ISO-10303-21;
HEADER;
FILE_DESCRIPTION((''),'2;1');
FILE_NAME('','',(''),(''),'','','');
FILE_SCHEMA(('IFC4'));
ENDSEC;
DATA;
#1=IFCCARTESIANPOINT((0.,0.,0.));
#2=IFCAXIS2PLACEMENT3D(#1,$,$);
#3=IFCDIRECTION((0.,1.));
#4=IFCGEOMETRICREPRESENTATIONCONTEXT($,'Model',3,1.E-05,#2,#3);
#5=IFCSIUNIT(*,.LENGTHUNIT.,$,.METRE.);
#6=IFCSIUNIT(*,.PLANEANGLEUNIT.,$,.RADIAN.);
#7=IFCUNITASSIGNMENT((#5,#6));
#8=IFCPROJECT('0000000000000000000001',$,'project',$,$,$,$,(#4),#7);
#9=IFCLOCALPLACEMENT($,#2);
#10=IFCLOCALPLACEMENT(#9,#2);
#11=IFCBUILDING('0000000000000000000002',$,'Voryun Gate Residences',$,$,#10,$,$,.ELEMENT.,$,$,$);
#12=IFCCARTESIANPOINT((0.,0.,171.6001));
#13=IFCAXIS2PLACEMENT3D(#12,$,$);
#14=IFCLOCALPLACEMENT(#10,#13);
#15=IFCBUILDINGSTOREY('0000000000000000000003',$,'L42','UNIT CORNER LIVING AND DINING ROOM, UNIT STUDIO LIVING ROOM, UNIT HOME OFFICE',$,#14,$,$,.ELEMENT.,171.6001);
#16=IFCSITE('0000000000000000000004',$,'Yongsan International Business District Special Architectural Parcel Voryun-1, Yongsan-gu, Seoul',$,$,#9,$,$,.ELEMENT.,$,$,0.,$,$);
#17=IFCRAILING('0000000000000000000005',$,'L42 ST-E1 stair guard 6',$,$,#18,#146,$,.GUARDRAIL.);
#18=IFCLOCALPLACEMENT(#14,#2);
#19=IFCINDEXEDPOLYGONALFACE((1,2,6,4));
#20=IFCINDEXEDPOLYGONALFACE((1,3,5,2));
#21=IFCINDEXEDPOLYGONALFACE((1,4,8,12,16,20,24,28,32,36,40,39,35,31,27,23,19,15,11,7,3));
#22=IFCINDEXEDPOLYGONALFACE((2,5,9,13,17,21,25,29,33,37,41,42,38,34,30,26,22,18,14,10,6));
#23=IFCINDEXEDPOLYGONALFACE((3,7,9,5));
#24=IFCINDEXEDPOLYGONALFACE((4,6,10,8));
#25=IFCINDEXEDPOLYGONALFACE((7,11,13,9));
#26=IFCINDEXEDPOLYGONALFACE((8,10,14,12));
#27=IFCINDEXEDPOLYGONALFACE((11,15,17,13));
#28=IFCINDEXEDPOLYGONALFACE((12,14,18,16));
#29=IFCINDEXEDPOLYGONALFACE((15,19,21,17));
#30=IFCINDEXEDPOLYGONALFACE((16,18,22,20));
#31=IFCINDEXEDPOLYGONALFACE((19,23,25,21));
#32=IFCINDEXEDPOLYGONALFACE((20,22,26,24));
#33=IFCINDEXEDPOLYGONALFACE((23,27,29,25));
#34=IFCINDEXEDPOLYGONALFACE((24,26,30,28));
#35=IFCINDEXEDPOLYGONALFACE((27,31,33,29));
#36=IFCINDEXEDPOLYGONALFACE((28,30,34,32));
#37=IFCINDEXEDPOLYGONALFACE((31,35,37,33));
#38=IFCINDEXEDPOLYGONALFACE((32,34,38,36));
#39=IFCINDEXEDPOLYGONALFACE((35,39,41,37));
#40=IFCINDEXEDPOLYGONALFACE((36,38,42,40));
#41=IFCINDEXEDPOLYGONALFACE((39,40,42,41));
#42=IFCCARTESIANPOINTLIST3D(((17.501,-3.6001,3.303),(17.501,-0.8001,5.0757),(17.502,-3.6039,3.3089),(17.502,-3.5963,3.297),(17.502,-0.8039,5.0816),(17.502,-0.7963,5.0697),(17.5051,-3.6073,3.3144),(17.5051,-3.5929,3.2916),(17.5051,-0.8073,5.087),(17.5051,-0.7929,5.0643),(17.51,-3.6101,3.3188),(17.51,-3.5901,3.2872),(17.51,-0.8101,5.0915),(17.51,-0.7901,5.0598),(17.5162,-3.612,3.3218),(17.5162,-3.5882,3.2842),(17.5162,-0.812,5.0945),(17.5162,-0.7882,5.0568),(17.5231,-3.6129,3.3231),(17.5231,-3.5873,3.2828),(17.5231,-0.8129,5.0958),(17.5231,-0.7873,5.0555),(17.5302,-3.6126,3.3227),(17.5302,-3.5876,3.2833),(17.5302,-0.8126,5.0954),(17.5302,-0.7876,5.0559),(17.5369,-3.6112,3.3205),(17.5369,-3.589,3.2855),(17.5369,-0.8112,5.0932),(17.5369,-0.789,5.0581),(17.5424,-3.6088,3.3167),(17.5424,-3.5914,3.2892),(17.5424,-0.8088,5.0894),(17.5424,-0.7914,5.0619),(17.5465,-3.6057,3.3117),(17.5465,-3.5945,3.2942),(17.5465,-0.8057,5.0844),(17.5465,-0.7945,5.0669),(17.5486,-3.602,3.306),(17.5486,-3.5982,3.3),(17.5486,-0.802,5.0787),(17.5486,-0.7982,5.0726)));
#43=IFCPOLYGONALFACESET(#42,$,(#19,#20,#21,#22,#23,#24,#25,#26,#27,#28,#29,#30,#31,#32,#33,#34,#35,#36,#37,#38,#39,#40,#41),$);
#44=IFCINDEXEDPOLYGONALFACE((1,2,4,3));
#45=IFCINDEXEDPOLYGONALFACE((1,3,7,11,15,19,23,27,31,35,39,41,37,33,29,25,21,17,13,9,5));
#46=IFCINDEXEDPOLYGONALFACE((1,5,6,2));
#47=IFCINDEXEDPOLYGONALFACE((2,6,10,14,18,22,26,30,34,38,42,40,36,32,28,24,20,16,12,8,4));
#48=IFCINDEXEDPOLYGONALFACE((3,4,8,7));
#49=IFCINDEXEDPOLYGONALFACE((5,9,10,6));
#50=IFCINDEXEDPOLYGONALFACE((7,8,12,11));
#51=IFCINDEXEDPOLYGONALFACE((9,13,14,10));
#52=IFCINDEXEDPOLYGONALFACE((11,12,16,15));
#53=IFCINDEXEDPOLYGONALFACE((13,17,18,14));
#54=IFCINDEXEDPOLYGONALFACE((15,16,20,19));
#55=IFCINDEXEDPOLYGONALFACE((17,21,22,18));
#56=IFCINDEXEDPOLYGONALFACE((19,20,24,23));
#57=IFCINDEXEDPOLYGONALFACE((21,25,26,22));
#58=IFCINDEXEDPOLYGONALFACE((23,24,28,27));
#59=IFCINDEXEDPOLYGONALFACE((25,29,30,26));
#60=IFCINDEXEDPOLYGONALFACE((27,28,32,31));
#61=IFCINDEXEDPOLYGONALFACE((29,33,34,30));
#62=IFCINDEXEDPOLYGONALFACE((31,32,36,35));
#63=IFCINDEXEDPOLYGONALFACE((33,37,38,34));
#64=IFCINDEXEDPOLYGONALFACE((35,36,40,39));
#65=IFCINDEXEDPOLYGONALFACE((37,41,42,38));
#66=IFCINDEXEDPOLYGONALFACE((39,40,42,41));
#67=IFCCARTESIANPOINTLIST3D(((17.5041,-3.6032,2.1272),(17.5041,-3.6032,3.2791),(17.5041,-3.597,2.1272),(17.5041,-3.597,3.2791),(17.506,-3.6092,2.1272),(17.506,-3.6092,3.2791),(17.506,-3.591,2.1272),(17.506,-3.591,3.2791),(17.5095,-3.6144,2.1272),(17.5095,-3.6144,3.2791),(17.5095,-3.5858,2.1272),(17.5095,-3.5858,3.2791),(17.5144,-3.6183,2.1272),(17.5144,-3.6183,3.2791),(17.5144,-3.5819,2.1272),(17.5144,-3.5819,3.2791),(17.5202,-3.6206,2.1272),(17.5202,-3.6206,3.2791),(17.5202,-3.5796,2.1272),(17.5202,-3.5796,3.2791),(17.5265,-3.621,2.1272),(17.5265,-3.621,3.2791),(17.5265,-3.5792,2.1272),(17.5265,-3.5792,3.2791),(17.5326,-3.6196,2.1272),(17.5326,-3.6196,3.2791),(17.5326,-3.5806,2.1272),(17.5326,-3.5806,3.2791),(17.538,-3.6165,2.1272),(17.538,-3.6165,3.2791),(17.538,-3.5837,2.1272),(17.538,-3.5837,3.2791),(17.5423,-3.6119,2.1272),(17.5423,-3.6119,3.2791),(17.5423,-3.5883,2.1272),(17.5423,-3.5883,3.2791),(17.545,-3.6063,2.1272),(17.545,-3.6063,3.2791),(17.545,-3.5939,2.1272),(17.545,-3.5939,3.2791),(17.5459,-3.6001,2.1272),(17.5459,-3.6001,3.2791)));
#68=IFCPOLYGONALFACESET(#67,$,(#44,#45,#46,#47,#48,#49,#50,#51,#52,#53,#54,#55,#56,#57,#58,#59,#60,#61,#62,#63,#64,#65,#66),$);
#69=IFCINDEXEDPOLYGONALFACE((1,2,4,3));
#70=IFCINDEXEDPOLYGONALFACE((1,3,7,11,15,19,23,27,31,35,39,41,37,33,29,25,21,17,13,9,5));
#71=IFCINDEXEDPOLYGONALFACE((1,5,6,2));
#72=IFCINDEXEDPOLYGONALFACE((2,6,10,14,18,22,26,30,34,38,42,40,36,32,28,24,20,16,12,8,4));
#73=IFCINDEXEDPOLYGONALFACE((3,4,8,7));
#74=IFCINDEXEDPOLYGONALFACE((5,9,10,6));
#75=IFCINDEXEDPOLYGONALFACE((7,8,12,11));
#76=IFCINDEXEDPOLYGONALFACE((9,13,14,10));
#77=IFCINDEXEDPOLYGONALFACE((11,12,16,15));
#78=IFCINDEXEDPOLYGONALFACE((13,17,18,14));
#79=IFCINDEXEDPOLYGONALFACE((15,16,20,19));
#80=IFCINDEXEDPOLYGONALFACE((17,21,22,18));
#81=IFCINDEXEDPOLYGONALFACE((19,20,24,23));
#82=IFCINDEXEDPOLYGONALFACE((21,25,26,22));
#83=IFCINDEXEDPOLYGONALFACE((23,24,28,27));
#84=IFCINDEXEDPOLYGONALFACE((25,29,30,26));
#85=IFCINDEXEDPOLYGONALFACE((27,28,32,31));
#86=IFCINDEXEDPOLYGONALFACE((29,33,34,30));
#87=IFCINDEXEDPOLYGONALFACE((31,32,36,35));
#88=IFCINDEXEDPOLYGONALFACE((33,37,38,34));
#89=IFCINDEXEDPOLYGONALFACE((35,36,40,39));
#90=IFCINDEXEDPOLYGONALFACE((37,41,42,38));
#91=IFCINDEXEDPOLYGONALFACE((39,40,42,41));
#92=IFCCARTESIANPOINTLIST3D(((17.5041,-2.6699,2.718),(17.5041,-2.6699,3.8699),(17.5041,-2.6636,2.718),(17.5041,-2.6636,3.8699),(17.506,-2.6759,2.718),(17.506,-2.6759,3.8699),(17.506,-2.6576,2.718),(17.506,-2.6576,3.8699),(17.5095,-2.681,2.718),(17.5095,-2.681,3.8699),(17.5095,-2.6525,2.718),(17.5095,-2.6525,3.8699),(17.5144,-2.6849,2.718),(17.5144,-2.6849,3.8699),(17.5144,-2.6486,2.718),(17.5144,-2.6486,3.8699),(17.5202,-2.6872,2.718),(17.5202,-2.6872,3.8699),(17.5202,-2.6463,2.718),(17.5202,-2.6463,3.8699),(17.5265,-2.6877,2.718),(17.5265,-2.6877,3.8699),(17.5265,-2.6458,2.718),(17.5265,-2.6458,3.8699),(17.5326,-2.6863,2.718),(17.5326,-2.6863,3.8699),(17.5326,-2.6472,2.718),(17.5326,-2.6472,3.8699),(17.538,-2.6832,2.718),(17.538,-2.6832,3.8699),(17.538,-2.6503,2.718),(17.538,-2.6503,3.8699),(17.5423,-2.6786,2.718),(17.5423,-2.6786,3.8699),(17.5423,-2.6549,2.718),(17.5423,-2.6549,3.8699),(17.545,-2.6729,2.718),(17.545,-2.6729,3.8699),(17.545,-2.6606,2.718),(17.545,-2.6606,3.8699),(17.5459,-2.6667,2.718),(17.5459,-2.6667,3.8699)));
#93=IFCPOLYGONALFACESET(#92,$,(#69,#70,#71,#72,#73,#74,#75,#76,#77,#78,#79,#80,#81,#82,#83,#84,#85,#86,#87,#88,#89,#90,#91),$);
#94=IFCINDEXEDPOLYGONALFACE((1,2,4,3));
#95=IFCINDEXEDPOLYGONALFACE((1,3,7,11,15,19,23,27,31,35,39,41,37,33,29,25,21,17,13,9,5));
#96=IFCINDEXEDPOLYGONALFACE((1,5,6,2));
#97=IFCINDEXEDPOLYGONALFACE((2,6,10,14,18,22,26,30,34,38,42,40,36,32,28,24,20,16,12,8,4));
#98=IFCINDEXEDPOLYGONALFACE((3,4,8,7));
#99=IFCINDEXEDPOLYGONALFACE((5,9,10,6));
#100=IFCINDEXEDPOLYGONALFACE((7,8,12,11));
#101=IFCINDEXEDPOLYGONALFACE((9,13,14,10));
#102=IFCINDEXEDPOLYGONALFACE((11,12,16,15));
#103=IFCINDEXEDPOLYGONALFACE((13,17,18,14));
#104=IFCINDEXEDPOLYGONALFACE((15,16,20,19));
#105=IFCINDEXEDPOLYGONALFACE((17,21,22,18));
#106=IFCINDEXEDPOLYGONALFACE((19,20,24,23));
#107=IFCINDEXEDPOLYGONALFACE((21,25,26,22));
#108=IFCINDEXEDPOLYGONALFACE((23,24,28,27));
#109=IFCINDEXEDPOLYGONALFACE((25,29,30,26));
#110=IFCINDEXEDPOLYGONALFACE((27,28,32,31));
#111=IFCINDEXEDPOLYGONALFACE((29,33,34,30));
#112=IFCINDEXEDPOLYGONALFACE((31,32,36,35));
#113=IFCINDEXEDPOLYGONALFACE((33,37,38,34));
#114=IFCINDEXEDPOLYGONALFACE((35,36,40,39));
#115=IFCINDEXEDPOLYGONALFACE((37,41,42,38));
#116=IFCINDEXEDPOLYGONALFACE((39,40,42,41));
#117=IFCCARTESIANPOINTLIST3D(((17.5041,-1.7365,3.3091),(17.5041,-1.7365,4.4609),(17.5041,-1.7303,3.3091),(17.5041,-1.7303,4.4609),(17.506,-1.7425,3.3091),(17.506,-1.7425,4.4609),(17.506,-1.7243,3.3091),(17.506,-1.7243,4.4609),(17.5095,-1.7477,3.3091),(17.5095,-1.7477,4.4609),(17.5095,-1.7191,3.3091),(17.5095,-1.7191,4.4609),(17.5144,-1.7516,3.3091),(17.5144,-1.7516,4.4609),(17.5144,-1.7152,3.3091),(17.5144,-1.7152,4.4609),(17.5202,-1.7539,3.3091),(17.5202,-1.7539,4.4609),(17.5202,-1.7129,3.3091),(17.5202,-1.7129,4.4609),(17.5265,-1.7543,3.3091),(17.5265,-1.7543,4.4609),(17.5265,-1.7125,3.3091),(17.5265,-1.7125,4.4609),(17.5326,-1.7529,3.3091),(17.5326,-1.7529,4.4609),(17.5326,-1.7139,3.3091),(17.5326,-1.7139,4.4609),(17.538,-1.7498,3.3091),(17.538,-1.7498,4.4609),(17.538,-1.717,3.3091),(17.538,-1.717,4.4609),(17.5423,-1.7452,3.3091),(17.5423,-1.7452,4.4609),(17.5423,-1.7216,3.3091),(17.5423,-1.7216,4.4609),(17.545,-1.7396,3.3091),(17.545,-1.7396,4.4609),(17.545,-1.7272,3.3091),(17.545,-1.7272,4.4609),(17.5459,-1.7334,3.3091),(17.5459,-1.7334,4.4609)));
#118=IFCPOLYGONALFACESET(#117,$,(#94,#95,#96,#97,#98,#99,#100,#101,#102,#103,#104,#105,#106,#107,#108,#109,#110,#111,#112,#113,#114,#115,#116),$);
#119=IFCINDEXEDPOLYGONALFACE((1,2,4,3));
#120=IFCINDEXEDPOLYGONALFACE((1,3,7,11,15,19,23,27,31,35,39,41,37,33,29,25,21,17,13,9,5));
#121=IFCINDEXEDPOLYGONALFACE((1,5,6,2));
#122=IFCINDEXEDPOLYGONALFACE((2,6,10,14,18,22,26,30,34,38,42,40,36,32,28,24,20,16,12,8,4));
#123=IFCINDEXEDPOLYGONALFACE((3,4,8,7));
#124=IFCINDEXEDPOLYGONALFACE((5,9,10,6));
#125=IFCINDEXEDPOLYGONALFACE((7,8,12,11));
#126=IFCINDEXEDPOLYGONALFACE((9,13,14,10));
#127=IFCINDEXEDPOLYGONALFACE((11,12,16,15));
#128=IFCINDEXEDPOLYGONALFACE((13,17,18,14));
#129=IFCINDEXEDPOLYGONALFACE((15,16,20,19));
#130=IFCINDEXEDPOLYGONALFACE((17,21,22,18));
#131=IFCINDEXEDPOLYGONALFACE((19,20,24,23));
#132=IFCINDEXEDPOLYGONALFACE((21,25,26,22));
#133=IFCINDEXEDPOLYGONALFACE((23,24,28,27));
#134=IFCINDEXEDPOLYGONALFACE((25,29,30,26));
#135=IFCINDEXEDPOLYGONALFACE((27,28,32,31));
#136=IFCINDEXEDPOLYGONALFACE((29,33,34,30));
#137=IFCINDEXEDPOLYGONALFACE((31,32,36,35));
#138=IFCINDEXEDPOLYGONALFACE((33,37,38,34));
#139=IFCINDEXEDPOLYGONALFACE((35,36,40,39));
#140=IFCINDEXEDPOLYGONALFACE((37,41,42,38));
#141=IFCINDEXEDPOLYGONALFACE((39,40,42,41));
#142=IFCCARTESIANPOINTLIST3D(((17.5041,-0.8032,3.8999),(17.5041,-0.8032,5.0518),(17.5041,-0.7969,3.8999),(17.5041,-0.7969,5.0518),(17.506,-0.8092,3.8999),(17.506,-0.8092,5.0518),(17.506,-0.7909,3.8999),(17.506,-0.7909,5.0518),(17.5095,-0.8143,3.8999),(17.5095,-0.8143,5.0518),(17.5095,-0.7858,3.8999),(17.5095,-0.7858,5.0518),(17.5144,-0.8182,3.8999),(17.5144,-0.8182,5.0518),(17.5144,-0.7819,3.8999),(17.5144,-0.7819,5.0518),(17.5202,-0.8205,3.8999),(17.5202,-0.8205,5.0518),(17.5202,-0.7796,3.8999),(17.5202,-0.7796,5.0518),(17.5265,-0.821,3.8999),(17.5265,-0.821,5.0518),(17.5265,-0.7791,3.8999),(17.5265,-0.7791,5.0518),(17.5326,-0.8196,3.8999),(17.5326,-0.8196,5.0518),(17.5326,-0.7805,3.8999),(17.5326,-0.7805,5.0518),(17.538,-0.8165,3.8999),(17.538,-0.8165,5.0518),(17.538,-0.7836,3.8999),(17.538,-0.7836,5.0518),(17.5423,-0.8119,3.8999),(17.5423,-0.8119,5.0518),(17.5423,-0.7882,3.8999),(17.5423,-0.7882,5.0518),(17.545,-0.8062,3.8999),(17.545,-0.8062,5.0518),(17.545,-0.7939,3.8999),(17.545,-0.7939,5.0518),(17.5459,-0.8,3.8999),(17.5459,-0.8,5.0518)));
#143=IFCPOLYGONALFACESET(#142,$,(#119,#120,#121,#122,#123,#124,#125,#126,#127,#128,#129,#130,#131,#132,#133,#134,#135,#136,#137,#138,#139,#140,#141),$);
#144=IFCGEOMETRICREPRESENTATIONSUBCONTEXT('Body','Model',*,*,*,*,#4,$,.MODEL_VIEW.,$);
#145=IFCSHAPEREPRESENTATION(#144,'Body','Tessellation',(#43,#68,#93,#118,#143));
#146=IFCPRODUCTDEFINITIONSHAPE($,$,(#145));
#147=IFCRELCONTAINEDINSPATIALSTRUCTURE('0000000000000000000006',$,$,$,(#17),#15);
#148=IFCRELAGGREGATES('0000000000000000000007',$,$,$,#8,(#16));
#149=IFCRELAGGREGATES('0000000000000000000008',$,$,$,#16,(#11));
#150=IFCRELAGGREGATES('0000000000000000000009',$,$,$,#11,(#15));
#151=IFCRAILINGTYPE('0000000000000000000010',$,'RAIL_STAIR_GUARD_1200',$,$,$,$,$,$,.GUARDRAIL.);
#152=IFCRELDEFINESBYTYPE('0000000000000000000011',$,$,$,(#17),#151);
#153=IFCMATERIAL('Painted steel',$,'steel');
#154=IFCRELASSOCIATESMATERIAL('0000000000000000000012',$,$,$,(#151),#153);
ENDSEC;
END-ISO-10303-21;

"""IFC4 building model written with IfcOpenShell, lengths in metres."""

from ifc_helpers import new_model, si_unit, direction, frame, origin, origin_2d, place, context, subcontext, project, spatial, circle, extrude, material, type_object, element, save


model = new_model("IFC4")

# Units and contexts
model_context = context("Model", 3, precision=1e-05, world=origin(), true_north=direction((0.0, 1.0)))
body_context = subcontext(model_context, "Body", "Model", "MODEL_VIEW")
ifc_project = project(units=[si_unit("LENGTHUNIT", "METRE"), si_unit("PLANEANGLEUNIT", "RADIAN")], contexts=[model_context])

# Site, building, storey
site_placement = place(None, origin())
site = spatial("IfcSite", under=ifc_project, at=site_placement, Name="Yongsan International Business District Special Architectural Parcel Voryun-1, Yongsan-gu, Seoul", CompositionType="ELEMENT", RefElevation=0.0)
building_placement = place(site_placement, origin())
building = spatial("IfcBuilding", under=site, at=building_placement, Name="Voryun Gate Residences", CompositionType="ELEMENT")
storey_placement = place(building_placement, frame((0.0, 0.0, 171.6001)))
storey = spatial("IfcBuildingStorey", under=building, at=storey_placement, Name="L42", Description="UNIT CORNER LIVING AND DINING ROOM, UNIT STUDIO LIVING ROOM, UNIT HOME OFFICE", CompositionType="ELEMENT", Elevation=171.6001)

# Railing
ifc_material_1 = material(Name="Painted steel", Category="steel")
railing_type_1 = type_object("IfcRailingType", Name="RAIL_STAIR_GUARD_1200", PredefinedType="GUARDRAIL", material=ifc_material_1)
railing_1_placement = place(storey_placement, frame((17.5249, -3.6001, 2.1272)))
element("IfcRailing", 1, at=railing_1_placement, inside=storey, type_object=railing_type_1, Name="L42 ST-E1 stair guard 6", PredefinedType="GUARDRAIL", context=body_context, shape_type="SweptSolid", body=[
    extrude(circle(Radius=0.0239, at=origin_2d()), frame((0.0, 0.0, 1.1758), z_axis=(0.0, 0.844909, 0.53491), x_axis=(-1.0, 0.0, 0.0)), (0.0, 0.0, 1.0), 3.314),
    extrude(circle(Radius=0.021, at=origin_2d()), origin(), (0.0, 0.0, 1.0), 1.1519),
    extrude(circle(Radius=0.021, at=origin_2d()), frame((0.0, 0.9333, 0.5908)), (0.0, 0.0, 1.0), 1.1519),
    extrude(circle(Radius=0.021, at=origin_2d()), frame((0.0, 1.8667, 1.1819)), (0.0, 0.0, 1.0), 1.1519),
    extrude(circle(Radius=0.021, at=origin_2d()), frame((0.0, 2.8, 1.7727)), (0.0, 0.0, 1.0), 1.1519),
])

save(model, "model.ifc")
